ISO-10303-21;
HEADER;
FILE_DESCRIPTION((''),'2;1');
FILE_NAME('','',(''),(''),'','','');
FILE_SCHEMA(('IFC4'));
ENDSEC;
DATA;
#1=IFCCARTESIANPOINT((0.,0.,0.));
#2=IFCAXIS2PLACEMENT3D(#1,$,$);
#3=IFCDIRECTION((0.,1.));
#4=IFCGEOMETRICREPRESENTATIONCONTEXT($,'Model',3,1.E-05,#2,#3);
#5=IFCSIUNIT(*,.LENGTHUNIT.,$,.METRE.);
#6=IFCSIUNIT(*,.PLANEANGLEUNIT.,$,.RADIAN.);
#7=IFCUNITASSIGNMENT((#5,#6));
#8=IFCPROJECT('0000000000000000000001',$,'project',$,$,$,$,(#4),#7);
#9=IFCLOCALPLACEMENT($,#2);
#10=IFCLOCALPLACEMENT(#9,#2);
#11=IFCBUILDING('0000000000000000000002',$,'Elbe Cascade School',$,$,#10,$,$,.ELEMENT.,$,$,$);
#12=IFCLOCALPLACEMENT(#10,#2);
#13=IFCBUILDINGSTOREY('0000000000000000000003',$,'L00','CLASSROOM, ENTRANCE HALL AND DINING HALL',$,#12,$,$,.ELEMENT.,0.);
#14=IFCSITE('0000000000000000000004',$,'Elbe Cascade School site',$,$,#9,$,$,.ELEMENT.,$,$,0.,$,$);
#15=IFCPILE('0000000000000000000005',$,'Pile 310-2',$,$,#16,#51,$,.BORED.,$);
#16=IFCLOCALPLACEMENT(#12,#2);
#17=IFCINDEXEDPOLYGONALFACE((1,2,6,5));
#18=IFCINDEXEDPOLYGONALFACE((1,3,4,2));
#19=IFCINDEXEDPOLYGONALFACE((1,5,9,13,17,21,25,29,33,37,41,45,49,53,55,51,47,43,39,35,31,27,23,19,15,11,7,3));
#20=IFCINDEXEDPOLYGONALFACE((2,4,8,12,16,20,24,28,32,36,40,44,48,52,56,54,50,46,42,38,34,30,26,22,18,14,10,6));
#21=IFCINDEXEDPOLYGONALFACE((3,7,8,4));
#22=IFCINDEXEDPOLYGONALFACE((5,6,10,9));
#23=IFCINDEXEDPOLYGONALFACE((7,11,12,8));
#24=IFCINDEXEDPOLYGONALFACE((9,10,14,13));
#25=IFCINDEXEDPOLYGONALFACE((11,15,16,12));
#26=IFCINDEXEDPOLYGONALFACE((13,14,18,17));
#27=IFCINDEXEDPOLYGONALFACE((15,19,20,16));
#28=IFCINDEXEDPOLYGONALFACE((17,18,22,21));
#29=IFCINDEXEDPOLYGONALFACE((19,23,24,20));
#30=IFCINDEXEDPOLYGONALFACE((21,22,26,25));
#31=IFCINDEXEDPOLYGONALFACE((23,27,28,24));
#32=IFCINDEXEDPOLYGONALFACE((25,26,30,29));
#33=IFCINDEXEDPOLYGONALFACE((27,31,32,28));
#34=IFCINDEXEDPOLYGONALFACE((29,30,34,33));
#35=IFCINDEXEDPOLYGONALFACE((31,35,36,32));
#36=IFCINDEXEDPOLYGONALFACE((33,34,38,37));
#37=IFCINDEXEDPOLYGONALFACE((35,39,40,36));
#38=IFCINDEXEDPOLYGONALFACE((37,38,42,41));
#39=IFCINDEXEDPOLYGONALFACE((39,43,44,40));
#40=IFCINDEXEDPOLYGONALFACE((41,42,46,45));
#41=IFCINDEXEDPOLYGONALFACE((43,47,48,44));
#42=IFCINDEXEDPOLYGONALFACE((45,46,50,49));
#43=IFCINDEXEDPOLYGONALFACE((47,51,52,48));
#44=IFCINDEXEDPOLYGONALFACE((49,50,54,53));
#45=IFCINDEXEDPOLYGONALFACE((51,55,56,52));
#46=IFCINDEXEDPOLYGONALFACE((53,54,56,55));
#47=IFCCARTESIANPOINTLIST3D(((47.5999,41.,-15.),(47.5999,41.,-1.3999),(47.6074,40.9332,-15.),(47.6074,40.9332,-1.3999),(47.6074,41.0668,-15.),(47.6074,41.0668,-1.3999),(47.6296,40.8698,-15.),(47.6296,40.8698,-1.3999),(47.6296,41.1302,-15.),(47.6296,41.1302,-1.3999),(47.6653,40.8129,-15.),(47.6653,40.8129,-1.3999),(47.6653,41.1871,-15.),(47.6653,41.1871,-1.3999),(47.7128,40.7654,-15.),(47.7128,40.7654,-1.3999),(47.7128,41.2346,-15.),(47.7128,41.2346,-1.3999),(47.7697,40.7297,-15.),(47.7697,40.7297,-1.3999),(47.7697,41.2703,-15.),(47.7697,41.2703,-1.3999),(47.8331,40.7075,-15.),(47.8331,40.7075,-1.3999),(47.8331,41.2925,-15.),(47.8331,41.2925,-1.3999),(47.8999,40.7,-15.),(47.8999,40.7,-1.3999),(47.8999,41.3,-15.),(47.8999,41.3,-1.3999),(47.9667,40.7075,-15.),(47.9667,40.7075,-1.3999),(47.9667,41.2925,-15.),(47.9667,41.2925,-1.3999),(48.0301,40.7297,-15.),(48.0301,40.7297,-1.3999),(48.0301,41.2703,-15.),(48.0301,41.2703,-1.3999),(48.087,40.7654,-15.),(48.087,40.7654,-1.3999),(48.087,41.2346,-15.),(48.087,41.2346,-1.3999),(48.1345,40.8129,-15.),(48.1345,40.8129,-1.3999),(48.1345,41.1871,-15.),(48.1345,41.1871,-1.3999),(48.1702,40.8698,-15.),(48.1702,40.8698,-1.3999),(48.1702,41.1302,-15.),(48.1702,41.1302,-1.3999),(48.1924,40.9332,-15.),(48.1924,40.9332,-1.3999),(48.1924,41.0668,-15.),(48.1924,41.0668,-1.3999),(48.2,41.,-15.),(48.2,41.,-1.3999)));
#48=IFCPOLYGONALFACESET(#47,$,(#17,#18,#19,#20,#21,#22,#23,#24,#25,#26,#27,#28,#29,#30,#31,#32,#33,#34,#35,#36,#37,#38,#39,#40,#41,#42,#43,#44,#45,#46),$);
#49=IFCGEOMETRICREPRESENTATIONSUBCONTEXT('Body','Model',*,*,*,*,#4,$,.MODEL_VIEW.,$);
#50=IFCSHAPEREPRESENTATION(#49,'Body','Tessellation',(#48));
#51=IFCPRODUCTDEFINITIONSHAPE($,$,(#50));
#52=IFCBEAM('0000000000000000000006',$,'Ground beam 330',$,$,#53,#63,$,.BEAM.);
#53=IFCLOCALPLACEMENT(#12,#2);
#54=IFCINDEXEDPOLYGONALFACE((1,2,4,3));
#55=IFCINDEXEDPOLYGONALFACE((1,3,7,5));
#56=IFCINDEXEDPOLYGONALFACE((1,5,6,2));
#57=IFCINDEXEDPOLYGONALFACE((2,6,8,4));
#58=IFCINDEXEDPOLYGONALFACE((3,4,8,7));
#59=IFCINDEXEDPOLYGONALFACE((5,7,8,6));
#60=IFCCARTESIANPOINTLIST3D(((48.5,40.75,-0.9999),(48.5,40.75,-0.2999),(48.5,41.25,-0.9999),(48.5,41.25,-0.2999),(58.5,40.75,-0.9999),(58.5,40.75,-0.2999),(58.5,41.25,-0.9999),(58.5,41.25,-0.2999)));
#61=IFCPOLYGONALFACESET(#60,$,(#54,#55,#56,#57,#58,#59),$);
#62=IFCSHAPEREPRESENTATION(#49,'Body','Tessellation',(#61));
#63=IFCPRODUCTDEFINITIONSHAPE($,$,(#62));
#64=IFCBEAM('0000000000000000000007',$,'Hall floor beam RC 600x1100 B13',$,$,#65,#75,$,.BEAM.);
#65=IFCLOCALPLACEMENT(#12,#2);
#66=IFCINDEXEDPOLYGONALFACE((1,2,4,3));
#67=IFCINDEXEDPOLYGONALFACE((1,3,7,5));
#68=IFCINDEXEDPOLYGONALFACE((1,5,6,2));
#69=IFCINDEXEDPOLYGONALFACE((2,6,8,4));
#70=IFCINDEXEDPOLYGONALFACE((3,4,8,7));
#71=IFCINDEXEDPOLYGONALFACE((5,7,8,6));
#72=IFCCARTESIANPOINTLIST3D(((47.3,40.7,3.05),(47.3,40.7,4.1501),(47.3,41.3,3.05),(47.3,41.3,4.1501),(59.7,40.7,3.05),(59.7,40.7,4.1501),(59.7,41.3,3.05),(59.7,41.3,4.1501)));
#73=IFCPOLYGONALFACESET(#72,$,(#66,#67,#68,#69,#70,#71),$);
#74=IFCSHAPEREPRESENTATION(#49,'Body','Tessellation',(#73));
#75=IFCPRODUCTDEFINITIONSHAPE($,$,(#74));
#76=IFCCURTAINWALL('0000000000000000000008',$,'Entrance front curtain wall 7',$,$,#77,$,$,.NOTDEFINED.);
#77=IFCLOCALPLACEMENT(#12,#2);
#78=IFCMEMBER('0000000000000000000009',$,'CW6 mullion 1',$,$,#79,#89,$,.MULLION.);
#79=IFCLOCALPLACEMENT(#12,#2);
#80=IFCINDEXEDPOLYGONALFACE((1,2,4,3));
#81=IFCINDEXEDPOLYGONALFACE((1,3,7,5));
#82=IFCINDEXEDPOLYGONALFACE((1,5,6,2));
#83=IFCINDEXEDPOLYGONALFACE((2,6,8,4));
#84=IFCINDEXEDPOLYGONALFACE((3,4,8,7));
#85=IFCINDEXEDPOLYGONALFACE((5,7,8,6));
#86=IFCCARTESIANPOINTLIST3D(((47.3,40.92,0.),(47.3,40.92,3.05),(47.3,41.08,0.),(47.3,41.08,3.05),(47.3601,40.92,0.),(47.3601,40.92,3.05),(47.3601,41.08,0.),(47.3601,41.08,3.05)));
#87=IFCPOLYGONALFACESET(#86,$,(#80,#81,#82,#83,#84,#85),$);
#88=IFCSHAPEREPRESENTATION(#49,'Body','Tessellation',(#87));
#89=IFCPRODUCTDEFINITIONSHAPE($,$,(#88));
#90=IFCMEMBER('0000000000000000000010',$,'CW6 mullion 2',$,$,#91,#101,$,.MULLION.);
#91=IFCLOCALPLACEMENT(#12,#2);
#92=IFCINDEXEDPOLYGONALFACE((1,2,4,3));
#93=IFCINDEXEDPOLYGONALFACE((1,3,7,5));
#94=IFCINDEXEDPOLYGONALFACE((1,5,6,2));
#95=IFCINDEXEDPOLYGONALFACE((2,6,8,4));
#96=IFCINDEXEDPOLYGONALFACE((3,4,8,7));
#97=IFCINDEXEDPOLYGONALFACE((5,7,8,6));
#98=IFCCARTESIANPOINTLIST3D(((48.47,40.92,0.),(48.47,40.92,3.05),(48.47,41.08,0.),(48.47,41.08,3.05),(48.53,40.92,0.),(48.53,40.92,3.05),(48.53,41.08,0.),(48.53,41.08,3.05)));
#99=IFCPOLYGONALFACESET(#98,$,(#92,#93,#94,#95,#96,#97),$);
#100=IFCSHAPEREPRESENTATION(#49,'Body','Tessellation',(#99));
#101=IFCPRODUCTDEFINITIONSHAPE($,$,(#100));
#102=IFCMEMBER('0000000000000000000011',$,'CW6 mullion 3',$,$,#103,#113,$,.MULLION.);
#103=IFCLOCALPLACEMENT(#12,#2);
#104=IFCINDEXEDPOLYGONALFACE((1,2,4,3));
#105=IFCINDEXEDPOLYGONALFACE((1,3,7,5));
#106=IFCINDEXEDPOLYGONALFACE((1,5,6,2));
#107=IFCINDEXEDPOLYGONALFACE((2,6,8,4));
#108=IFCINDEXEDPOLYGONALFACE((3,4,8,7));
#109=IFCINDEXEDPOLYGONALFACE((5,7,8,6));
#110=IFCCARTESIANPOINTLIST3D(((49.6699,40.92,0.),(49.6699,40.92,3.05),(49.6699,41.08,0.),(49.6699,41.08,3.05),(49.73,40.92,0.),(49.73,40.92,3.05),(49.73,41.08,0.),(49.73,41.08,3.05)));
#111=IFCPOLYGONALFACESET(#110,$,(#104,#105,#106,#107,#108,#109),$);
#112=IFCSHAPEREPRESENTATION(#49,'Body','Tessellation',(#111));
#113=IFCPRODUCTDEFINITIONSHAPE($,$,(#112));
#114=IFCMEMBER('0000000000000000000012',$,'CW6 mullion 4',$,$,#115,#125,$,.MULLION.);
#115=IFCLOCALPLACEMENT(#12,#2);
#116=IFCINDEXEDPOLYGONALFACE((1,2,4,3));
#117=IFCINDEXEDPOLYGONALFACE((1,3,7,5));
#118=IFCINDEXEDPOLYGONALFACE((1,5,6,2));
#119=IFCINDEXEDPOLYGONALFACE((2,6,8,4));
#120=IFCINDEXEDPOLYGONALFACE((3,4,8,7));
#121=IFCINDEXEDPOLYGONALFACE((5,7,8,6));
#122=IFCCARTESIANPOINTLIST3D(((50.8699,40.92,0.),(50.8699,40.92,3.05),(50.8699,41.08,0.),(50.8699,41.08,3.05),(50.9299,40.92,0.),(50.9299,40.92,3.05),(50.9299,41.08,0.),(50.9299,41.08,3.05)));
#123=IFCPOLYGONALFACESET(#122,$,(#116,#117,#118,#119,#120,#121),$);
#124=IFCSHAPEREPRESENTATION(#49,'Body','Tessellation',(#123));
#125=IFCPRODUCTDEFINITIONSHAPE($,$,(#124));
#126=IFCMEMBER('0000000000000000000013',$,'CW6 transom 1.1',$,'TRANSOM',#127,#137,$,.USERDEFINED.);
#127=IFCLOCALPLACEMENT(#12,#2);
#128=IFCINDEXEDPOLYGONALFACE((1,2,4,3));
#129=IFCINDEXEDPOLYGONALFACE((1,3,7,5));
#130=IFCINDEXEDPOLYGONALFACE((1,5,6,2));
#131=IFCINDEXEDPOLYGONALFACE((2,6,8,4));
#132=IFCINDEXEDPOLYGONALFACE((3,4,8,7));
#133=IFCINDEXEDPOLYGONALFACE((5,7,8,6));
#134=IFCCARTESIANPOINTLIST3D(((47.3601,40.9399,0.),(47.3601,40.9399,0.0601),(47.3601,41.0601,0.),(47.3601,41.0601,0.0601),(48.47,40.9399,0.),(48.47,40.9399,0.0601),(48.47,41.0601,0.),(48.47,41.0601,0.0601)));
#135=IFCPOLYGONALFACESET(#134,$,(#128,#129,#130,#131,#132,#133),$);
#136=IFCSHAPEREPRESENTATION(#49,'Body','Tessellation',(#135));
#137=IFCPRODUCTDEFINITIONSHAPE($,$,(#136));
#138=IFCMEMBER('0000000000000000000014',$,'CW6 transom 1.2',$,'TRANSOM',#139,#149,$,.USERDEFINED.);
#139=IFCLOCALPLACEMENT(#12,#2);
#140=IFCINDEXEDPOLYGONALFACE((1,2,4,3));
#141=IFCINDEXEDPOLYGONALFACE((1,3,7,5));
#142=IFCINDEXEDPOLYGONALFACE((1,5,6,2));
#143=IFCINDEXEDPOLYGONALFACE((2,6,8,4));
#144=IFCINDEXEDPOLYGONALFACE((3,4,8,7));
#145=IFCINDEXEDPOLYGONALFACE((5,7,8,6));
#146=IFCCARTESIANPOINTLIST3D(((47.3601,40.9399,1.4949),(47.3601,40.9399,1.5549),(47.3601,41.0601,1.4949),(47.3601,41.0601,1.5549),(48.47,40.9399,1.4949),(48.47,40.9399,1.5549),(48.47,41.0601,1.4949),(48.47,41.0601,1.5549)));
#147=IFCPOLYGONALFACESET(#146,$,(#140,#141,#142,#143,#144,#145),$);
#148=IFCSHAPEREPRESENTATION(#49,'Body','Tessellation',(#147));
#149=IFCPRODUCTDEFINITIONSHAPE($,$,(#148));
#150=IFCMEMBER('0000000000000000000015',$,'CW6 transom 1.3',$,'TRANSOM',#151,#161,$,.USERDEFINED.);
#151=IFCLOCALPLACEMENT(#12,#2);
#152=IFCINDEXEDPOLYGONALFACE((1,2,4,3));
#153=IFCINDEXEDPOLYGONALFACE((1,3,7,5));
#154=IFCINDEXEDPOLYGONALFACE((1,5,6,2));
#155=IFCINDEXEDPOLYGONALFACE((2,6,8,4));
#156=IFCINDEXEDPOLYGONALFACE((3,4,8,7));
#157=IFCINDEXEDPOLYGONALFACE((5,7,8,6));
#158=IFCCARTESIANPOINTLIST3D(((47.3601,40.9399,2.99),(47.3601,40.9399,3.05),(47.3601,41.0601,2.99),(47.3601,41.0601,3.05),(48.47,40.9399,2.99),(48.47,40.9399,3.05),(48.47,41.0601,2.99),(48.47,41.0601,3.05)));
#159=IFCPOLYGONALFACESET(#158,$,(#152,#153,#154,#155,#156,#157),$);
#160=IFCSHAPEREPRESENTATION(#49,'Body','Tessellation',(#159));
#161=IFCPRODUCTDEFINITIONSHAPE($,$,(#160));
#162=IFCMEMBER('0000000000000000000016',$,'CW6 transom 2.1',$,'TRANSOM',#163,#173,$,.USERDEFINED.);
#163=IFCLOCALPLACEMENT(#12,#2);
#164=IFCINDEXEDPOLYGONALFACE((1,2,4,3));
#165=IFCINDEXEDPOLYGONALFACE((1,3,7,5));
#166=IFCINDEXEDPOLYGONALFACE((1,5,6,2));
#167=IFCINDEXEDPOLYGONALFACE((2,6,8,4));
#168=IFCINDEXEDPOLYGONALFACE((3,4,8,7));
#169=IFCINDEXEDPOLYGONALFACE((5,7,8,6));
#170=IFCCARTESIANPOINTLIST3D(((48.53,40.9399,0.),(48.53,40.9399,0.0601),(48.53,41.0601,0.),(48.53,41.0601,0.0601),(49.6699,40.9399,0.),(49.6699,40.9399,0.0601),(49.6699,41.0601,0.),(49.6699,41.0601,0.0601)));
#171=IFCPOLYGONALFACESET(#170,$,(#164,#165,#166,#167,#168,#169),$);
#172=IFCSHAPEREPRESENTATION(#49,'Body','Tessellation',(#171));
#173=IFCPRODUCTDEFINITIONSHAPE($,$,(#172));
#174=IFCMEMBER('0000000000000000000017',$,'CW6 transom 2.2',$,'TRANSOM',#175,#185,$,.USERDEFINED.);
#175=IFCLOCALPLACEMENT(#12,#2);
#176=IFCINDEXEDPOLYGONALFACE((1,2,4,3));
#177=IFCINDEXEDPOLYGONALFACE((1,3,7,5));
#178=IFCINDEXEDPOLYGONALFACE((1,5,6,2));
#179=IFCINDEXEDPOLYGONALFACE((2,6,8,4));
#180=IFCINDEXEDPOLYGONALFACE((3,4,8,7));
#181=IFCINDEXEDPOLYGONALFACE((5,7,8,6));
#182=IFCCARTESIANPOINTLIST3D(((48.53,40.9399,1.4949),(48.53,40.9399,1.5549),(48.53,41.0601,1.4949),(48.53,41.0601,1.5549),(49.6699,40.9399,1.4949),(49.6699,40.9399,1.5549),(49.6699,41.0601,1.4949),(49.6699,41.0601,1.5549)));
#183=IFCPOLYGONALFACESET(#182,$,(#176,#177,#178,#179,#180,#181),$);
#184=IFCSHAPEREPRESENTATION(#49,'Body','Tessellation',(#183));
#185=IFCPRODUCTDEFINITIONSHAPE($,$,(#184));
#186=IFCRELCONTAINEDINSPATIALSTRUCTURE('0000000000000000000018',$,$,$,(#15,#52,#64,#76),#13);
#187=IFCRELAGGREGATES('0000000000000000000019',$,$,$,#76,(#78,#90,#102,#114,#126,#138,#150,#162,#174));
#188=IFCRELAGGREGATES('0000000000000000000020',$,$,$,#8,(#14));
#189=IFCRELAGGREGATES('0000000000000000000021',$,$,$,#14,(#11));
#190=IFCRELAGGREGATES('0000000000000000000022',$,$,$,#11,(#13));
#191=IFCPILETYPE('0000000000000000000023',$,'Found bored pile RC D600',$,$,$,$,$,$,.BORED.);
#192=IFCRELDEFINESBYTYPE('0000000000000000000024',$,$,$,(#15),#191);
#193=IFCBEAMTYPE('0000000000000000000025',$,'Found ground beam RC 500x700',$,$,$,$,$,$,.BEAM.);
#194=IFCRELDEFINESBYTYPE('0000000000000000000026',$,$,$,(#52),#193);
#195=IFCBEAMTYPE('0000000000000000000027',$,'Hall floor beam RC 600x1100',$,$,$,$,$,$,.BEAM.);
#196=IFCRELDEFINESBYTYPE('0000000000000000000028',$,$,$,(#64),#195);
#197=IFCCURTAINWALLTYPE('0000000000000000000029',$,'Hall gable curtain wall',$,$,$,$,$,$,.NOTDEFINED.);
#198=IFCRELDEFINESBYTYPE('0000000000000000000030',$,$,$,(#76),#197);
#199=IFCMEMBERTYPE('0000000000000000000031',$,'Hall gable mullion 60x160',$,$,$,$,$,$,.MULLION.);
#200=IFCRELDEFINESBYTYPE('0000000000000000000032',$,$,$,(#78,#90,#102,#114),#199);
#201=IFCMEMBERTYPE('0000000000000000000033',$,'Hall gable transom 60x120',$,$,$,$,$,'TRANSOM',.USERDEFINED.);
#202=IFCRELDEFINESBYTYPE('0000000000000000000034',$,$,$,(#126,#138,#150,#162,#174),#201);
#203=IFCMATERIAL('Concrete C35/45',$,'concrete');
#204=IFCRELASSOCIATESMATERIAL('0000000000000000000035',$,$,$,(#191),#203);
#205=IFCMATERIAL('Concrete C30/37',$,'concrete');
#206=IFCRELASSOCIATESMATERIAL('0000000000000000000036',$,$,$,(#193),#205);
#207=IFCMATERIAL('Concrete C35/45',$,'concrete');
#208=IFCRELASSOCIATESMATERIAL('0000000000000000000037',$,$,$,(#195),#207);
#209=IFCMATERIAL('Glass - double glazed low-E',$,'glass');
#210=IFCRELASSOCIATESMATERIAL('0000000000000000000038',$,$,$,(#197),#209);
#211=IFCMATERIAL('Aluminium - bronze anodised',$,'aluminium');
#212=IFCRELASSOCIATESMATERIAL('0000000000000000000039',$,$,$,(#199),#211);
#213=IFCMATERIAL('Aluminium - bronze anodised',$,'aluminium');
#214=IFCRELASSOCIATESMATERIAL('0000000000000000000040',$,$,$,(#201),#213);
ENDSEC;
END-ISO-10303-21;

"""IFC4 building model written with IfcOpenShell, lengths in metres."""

from ifc_helpers import new_model, si_unit, direction, frame, origin, origin_2d, place, context, subcontext, project, spatial, rectangle, circle, extrude, material, material_profile, profile_set, type_object, element, aggregate, save


model = new_model("IFC4")

# Units and contexts
model_context = context("Model", 3, precision=1e-05, world=origin(), true_north=direction((0.0, 1.0)))
body_context = subcontext(model_context, "Body", "Model", "MODEL_VIEW")
ifc_project = project(units=[si_unit("LENGTHUNIT", "METRE"), si_unit("PLANEANGLEUNIT", "RADIAN")], contexts=[model_context])

# Site, building, storey
site_placement = place(None, origin())
site = spatial("IfcSite", under=ifc_project, at=site_placement, Name="Elbe Cascade School site", CompositionType="ELEMENT", RefElevation=0.0)
building_placement = place(site_placement, origin())
building = spatial("IfcBuilding", under=site, at=building_placement, Name="Elbe Cascade School", CompositionType="ELEMENT")
storey_placement = place(building_placement, origin())
storey = spatial("IfcBuildingStorey", under=building, at=storey_placement, Name="L00", Description="CLASSROOM, ENTRANCE HALL AND DINING HALL", CompositionType="ELEMENT", Elevation=0.0)

# Pile
ifc_material_1 = material(Name="Concrete C35/45", Category="concrete")
ifc_material_profile_1 = material_profile(ifc_material_1, circle(Radius=0.3, at=origin_2d()), Name="RC D600")
ifc_profile_set_1 = profile_set([ifc_material_profile_1], Name="Concrete C35/45")
pile_type = type_object("IfcPileType", Name="Found bored pile RC D600", PredefinedType="BORED", material=ifc_profile_set_1)
pile_placement = place(storey_placement, frame((47.8999, 41.0, -1.3999), z_axis=(0.0, 0.0, -1.0), x_axis=(1.0, 0.0, 0.0)))
element("IfcPile", 1, at=pile_placement, inside=storey, type_object=pile_type, Name="Pile 310-2", PredefinedType="BORED", context=body_context, shape_type="SweptSolid", body=[
    extrude(circle(Radius=0.3, at=origin_2d()), origin(), (0.0, 0.0, 1.0), 13.6001),
])

# Beams
ifc_material_2 = material(Name="Concrete C30/37", Category="concrete")
ifc_material_profile_2 = material_profile(ifc_material_2, rectangle(XDim=0.5, YDim=0.7, at=origin_2d()), Name="RC 500x700")
ifc_profile_set_2 = profile_set([ifc_material_profile_2], Name="Concrete C30/37")
beam_type_1 = type_object("IfcBeamType", Name="Found ground beam RC 500x700", PredefinedType="BEAM", material=ifc_profile_set_2)
beam_1_placement = place(storey_placement, frame((48.5, 41.0, -0.6499), z_axis=(1.0, 0.0, 0.0), x_axis=(0.0, 1.0, 0.0)))
element("IfcBeam", 2, at=beam_1_placement, inside=storey, type_object=beam_type_1, Name="Ground beam 330", PredefinedType="BEAM", context=body_context, shape_type="SweptSolid", body=[
    extrude(rectangle(XDim=0.5, YDim=0.7, at=origin_2d()), origin(), (0.0, 0.0, 1.0), 10.0),
])
ifc_material_3 = material(Name="Concrete C35/45", Category="concrete")
ifc_material_profile_3 = material_profile(ifc_material_3, rectangle(XDim=0.6001, YDim=1.1001, at=origin_2d()), Name="RC 600x1100")
ifc_profile_set_3 = profile_set([ifc_material_profile_3], Name="Concrete C35/45")
beam_type_2 = type_object("IfcBeamType", Name="Hall floor beam RC 600x1100", PredefinedType="BEAM", material=ifc_profile_set_3)
beam_2_placement = place(storey_placement, frame((47.3, 41.0, 3.6001), z_axis=(1.0, 0.0, 0.0), x_axis=(0.0, 1.0, 0.0)))
element("IfcBeam", 3, at=beam_2_placement, inside=storey, type_object=beam_type_2, Name="Hall floor beam RC 600x1100 B13", PredefinedType="BEAM", context=body_context, shape_type="SweptSolid", body=[
    extrude(rectangle(XDim=0.6001, YDim=1.1001, at=origin_2d()), origin(), (0.0, 0.0, 1.0), 12.3999),
])

# Curtain wall, members
ifc_material_4 = material(Name="Glass - double glazed low-E", Category="glass")
curtain_wall_type = type_object("IfcCurtainWallType", Name="Hall gable curtain wall", PredefinedType="NOTDEFINED", material=ifc_material_4)
curtain_wall_placement = place(storey_placement, origin())
curtain_wall = element("IfcCurtainWall", 4, at=curtain_wall_placement, inside=storey, type_object=curtain_wall_type, Name="Entrance front curtain wall 7", PredefinedType="NOTDEFINED")
ifc_material_5 = material(Name="Aluminium - bronze anodised", Category="aluminium")
ifc_material_profile_4 = material_profile(ifc_material_5, rectangle(XDim=0.1599, YDim=0.0601, at=origin_2d()), Name="Alu 60x160")
ifc_profile_set_4 = profile_set([ifc_material_profile_4], Name="Aluminium - bronze anodised")
member_type_1 = type_object("IfcMemberType", Name="Hall gable mullion 60x160", PredefinedType="MULLION", material=ifc_profile_set_4)
member_1_placement = place(storey_placement, frame((47.3301, 41.0, 0.0), z_axis=(0.0, 0.0, 1.0), x_axis=(0.0, 1.0, 0.0)))
member_1 = element("IfcMember", 5, at=member_1_placement, type_object=member_type_1, Name="CW6 mullion 1", PredefinedType="MULLION", context=body_context, shape_type="SweptSolid", body=[
    extrude(rectangle(XDim=0.1599, YDim=0.0601, at=origin_2d()), origin(), (0.0, 0.0, 1.0), 3.05),
])
member_2_placement = place(storey_placement, frame((48.5, 41.0, 0.0), z_axis=(0.0, 0.0, 1.0), x_axis=(0.0, 1.0, 0.0)))
member_2 = element("IfcMember", 6, at=member_2_placement, type_object=member_type_1, Name="CW6 mullion 2", PredefinedType="MULLION", context=body_context, shape_type="SweptSolid", body=[
    extrude(rectangle(XDim=0.1599, YDim=0.0601, at=origin_2d()), origin(), (0.0, 0.0, 1.0), 3.05),
])
member_3_placement = place(storey_placement, frame((49.7, 41.0, 0.0), z_axis=(0.0, 0.0, 1.0), x_axis=(0.0, 1.0, 0.0)))
member_3 = element("IfcMember", 7, at=member_3_placement, type_object=member_type_1, Name="CW6 mullion 3", PredefinedType="MULLION", context=body_context, shape_type="SweptSolid", body=[
    extrude(rectangle(XDim=0.1599, YDim=0.0601, at=origin_2d()), origin(), (0.0, 0.0, 1.0), 3.05),
])
member_4_placement = place(storey_placement, frame((50.8999, 41.0, 0.0), z_axis=(0.0, 0.0, 1.0), x_axis=(0.0, 1.0, 0.0)))
member_4 = element("IfcMember", 8, at=member_4_placement, type_object=member_type_1, Name="CW6 mullion 4", PredefinedType="MULLION", context=body_context, shape_type="SweptSolid", body=[
    extrude(rectangle(XDim=0.1599, YDim=0.0601, at=origin_2d()), origin(), (0.0, 0.0, 1.0), 3.05),
])
ifc_material_6 = material(Name="Aluminium - bronze anodised", Category="aluminium")
ifc_material_profile_5 = material_profile(ifc_material_6, rectangle(XDim=0.1201, YDim=0.0601, at=origin_2d()), Name="Alu 60x120")
ifc_profile_set_5 = profile_set([ifc_material_profile_5], Name="Aluminium - bronze anodised")
member_type_2 = type_object("IfcMemberType", Name="Hall gable transom 60x120", ElementType="TRANSOM", PredefinedType="USERDEFINED", material=ifc_profile_set_5)
member_5_placement = place(storey_placement, frame((47.3601, 41.0, 0.03), z_axis=(1.0, 0.0, 0.0), x_axis=(0.0, 1.0, 0.0)))
member_5 = element("IfcMember", 9, at=member_5_placement, type_object=member_type_2, Name="CW6 transom 1.1", ObjectType="TRANSOM", PredefinedType="USERDEFINED", context=body_context, shape_type="SweptSolid", body=[
    extrude(rectangle(XDim=0.1201, YDim=0.0601, at=origin_2d()), origin(), (0.0, 0.0, 1.0), 1.1099),
])
member_6_placement = place(storey_placement, frame((47.3601, 41.0, 1.5249), z_axis=(1.0, 0.0, 0.0), x_axis=(0.0, 1.0, 0.0)))
member_6 = element("IfcMember", 10, at=member_6_placement, type_object=member_type_2, Name="CW6 transom 1.2", ObjectType="TRANSOM", PredefinedType="USERDEFINED", context=body_context, shape_type="SweptSolid", body=[
    extrude(rectangle(XDim=0.1201, YDim=0.0601, at=origin_2d()), origin(), (0.0, 0.0, 1.0), 1.1099),
])
member_7_placement = place(storey_placement, frame((47.3601, 41.0, 3.02), z_axis=(1.0, 0.0, 0.0), x_axis=(0.0, 1.0, 0.0)))
member_7 = element("IfcMember", 11, at=member_7_placement, type_object=member_type_2, Name="CW6 transom 1.3", ObjectType="TRANSOM", PredefinedType="USERDEFINED", context=body_context, shape_type="SweptSolid", body=[
    extrude(rectangle(XDim=0.1201, YDim=0.0601, at=origin_2d()), origin(), (0.0, 0.0, 1.0), 1.1099),
])
member_8_placement = place(storey_placement, frame((48.53, 41.0, 0.03), z_axis=(1.0, 0.0, 0.0), x_axis=(0.0, 1.0, 0.0)))
member_8 = element("IfcMember", 12, at=member_8_placement, type_object=member_type_2, Name="CW6 transom 2.1", ObjectType="TRANSOM", PredefinedType="USERDEFINED", context=body_context, shape_type="SweptSolid", body=[
    extrude(rectangle(XDim=0.1201, YDim=0.0601, at=origin_2d()), origin(), (0.0, 0.0, 1.0), 1.1399),
])
member_9_placement = place(storey_placement, frame((48.53, 41.0, 1.5249), z_axis=(1.0, 0.0, 0.0), x_axis=(0.0, 1.0, 0.0)))
member_9 = element("IfcMember", 13, at=member_9_placement, type_object=member_type_2, Name="CW6 transom 2.2", ObjectType="TRANSOM", PredefinedType="USERDEFINED", context=body_context, shape_type="SweptSolid", body=[
    extrude(rectangle(XDim=0.1201, YDim=0.0601, at=origin_2d()), origin(), (0.0, 0.0, 1.0), 1.1399),
])
aggregate(curtain_wall, [member_1, member_2, member_3, member_4, member_5, member_6, member_7, member_8, member_9])

save(model, "model.ifc")
